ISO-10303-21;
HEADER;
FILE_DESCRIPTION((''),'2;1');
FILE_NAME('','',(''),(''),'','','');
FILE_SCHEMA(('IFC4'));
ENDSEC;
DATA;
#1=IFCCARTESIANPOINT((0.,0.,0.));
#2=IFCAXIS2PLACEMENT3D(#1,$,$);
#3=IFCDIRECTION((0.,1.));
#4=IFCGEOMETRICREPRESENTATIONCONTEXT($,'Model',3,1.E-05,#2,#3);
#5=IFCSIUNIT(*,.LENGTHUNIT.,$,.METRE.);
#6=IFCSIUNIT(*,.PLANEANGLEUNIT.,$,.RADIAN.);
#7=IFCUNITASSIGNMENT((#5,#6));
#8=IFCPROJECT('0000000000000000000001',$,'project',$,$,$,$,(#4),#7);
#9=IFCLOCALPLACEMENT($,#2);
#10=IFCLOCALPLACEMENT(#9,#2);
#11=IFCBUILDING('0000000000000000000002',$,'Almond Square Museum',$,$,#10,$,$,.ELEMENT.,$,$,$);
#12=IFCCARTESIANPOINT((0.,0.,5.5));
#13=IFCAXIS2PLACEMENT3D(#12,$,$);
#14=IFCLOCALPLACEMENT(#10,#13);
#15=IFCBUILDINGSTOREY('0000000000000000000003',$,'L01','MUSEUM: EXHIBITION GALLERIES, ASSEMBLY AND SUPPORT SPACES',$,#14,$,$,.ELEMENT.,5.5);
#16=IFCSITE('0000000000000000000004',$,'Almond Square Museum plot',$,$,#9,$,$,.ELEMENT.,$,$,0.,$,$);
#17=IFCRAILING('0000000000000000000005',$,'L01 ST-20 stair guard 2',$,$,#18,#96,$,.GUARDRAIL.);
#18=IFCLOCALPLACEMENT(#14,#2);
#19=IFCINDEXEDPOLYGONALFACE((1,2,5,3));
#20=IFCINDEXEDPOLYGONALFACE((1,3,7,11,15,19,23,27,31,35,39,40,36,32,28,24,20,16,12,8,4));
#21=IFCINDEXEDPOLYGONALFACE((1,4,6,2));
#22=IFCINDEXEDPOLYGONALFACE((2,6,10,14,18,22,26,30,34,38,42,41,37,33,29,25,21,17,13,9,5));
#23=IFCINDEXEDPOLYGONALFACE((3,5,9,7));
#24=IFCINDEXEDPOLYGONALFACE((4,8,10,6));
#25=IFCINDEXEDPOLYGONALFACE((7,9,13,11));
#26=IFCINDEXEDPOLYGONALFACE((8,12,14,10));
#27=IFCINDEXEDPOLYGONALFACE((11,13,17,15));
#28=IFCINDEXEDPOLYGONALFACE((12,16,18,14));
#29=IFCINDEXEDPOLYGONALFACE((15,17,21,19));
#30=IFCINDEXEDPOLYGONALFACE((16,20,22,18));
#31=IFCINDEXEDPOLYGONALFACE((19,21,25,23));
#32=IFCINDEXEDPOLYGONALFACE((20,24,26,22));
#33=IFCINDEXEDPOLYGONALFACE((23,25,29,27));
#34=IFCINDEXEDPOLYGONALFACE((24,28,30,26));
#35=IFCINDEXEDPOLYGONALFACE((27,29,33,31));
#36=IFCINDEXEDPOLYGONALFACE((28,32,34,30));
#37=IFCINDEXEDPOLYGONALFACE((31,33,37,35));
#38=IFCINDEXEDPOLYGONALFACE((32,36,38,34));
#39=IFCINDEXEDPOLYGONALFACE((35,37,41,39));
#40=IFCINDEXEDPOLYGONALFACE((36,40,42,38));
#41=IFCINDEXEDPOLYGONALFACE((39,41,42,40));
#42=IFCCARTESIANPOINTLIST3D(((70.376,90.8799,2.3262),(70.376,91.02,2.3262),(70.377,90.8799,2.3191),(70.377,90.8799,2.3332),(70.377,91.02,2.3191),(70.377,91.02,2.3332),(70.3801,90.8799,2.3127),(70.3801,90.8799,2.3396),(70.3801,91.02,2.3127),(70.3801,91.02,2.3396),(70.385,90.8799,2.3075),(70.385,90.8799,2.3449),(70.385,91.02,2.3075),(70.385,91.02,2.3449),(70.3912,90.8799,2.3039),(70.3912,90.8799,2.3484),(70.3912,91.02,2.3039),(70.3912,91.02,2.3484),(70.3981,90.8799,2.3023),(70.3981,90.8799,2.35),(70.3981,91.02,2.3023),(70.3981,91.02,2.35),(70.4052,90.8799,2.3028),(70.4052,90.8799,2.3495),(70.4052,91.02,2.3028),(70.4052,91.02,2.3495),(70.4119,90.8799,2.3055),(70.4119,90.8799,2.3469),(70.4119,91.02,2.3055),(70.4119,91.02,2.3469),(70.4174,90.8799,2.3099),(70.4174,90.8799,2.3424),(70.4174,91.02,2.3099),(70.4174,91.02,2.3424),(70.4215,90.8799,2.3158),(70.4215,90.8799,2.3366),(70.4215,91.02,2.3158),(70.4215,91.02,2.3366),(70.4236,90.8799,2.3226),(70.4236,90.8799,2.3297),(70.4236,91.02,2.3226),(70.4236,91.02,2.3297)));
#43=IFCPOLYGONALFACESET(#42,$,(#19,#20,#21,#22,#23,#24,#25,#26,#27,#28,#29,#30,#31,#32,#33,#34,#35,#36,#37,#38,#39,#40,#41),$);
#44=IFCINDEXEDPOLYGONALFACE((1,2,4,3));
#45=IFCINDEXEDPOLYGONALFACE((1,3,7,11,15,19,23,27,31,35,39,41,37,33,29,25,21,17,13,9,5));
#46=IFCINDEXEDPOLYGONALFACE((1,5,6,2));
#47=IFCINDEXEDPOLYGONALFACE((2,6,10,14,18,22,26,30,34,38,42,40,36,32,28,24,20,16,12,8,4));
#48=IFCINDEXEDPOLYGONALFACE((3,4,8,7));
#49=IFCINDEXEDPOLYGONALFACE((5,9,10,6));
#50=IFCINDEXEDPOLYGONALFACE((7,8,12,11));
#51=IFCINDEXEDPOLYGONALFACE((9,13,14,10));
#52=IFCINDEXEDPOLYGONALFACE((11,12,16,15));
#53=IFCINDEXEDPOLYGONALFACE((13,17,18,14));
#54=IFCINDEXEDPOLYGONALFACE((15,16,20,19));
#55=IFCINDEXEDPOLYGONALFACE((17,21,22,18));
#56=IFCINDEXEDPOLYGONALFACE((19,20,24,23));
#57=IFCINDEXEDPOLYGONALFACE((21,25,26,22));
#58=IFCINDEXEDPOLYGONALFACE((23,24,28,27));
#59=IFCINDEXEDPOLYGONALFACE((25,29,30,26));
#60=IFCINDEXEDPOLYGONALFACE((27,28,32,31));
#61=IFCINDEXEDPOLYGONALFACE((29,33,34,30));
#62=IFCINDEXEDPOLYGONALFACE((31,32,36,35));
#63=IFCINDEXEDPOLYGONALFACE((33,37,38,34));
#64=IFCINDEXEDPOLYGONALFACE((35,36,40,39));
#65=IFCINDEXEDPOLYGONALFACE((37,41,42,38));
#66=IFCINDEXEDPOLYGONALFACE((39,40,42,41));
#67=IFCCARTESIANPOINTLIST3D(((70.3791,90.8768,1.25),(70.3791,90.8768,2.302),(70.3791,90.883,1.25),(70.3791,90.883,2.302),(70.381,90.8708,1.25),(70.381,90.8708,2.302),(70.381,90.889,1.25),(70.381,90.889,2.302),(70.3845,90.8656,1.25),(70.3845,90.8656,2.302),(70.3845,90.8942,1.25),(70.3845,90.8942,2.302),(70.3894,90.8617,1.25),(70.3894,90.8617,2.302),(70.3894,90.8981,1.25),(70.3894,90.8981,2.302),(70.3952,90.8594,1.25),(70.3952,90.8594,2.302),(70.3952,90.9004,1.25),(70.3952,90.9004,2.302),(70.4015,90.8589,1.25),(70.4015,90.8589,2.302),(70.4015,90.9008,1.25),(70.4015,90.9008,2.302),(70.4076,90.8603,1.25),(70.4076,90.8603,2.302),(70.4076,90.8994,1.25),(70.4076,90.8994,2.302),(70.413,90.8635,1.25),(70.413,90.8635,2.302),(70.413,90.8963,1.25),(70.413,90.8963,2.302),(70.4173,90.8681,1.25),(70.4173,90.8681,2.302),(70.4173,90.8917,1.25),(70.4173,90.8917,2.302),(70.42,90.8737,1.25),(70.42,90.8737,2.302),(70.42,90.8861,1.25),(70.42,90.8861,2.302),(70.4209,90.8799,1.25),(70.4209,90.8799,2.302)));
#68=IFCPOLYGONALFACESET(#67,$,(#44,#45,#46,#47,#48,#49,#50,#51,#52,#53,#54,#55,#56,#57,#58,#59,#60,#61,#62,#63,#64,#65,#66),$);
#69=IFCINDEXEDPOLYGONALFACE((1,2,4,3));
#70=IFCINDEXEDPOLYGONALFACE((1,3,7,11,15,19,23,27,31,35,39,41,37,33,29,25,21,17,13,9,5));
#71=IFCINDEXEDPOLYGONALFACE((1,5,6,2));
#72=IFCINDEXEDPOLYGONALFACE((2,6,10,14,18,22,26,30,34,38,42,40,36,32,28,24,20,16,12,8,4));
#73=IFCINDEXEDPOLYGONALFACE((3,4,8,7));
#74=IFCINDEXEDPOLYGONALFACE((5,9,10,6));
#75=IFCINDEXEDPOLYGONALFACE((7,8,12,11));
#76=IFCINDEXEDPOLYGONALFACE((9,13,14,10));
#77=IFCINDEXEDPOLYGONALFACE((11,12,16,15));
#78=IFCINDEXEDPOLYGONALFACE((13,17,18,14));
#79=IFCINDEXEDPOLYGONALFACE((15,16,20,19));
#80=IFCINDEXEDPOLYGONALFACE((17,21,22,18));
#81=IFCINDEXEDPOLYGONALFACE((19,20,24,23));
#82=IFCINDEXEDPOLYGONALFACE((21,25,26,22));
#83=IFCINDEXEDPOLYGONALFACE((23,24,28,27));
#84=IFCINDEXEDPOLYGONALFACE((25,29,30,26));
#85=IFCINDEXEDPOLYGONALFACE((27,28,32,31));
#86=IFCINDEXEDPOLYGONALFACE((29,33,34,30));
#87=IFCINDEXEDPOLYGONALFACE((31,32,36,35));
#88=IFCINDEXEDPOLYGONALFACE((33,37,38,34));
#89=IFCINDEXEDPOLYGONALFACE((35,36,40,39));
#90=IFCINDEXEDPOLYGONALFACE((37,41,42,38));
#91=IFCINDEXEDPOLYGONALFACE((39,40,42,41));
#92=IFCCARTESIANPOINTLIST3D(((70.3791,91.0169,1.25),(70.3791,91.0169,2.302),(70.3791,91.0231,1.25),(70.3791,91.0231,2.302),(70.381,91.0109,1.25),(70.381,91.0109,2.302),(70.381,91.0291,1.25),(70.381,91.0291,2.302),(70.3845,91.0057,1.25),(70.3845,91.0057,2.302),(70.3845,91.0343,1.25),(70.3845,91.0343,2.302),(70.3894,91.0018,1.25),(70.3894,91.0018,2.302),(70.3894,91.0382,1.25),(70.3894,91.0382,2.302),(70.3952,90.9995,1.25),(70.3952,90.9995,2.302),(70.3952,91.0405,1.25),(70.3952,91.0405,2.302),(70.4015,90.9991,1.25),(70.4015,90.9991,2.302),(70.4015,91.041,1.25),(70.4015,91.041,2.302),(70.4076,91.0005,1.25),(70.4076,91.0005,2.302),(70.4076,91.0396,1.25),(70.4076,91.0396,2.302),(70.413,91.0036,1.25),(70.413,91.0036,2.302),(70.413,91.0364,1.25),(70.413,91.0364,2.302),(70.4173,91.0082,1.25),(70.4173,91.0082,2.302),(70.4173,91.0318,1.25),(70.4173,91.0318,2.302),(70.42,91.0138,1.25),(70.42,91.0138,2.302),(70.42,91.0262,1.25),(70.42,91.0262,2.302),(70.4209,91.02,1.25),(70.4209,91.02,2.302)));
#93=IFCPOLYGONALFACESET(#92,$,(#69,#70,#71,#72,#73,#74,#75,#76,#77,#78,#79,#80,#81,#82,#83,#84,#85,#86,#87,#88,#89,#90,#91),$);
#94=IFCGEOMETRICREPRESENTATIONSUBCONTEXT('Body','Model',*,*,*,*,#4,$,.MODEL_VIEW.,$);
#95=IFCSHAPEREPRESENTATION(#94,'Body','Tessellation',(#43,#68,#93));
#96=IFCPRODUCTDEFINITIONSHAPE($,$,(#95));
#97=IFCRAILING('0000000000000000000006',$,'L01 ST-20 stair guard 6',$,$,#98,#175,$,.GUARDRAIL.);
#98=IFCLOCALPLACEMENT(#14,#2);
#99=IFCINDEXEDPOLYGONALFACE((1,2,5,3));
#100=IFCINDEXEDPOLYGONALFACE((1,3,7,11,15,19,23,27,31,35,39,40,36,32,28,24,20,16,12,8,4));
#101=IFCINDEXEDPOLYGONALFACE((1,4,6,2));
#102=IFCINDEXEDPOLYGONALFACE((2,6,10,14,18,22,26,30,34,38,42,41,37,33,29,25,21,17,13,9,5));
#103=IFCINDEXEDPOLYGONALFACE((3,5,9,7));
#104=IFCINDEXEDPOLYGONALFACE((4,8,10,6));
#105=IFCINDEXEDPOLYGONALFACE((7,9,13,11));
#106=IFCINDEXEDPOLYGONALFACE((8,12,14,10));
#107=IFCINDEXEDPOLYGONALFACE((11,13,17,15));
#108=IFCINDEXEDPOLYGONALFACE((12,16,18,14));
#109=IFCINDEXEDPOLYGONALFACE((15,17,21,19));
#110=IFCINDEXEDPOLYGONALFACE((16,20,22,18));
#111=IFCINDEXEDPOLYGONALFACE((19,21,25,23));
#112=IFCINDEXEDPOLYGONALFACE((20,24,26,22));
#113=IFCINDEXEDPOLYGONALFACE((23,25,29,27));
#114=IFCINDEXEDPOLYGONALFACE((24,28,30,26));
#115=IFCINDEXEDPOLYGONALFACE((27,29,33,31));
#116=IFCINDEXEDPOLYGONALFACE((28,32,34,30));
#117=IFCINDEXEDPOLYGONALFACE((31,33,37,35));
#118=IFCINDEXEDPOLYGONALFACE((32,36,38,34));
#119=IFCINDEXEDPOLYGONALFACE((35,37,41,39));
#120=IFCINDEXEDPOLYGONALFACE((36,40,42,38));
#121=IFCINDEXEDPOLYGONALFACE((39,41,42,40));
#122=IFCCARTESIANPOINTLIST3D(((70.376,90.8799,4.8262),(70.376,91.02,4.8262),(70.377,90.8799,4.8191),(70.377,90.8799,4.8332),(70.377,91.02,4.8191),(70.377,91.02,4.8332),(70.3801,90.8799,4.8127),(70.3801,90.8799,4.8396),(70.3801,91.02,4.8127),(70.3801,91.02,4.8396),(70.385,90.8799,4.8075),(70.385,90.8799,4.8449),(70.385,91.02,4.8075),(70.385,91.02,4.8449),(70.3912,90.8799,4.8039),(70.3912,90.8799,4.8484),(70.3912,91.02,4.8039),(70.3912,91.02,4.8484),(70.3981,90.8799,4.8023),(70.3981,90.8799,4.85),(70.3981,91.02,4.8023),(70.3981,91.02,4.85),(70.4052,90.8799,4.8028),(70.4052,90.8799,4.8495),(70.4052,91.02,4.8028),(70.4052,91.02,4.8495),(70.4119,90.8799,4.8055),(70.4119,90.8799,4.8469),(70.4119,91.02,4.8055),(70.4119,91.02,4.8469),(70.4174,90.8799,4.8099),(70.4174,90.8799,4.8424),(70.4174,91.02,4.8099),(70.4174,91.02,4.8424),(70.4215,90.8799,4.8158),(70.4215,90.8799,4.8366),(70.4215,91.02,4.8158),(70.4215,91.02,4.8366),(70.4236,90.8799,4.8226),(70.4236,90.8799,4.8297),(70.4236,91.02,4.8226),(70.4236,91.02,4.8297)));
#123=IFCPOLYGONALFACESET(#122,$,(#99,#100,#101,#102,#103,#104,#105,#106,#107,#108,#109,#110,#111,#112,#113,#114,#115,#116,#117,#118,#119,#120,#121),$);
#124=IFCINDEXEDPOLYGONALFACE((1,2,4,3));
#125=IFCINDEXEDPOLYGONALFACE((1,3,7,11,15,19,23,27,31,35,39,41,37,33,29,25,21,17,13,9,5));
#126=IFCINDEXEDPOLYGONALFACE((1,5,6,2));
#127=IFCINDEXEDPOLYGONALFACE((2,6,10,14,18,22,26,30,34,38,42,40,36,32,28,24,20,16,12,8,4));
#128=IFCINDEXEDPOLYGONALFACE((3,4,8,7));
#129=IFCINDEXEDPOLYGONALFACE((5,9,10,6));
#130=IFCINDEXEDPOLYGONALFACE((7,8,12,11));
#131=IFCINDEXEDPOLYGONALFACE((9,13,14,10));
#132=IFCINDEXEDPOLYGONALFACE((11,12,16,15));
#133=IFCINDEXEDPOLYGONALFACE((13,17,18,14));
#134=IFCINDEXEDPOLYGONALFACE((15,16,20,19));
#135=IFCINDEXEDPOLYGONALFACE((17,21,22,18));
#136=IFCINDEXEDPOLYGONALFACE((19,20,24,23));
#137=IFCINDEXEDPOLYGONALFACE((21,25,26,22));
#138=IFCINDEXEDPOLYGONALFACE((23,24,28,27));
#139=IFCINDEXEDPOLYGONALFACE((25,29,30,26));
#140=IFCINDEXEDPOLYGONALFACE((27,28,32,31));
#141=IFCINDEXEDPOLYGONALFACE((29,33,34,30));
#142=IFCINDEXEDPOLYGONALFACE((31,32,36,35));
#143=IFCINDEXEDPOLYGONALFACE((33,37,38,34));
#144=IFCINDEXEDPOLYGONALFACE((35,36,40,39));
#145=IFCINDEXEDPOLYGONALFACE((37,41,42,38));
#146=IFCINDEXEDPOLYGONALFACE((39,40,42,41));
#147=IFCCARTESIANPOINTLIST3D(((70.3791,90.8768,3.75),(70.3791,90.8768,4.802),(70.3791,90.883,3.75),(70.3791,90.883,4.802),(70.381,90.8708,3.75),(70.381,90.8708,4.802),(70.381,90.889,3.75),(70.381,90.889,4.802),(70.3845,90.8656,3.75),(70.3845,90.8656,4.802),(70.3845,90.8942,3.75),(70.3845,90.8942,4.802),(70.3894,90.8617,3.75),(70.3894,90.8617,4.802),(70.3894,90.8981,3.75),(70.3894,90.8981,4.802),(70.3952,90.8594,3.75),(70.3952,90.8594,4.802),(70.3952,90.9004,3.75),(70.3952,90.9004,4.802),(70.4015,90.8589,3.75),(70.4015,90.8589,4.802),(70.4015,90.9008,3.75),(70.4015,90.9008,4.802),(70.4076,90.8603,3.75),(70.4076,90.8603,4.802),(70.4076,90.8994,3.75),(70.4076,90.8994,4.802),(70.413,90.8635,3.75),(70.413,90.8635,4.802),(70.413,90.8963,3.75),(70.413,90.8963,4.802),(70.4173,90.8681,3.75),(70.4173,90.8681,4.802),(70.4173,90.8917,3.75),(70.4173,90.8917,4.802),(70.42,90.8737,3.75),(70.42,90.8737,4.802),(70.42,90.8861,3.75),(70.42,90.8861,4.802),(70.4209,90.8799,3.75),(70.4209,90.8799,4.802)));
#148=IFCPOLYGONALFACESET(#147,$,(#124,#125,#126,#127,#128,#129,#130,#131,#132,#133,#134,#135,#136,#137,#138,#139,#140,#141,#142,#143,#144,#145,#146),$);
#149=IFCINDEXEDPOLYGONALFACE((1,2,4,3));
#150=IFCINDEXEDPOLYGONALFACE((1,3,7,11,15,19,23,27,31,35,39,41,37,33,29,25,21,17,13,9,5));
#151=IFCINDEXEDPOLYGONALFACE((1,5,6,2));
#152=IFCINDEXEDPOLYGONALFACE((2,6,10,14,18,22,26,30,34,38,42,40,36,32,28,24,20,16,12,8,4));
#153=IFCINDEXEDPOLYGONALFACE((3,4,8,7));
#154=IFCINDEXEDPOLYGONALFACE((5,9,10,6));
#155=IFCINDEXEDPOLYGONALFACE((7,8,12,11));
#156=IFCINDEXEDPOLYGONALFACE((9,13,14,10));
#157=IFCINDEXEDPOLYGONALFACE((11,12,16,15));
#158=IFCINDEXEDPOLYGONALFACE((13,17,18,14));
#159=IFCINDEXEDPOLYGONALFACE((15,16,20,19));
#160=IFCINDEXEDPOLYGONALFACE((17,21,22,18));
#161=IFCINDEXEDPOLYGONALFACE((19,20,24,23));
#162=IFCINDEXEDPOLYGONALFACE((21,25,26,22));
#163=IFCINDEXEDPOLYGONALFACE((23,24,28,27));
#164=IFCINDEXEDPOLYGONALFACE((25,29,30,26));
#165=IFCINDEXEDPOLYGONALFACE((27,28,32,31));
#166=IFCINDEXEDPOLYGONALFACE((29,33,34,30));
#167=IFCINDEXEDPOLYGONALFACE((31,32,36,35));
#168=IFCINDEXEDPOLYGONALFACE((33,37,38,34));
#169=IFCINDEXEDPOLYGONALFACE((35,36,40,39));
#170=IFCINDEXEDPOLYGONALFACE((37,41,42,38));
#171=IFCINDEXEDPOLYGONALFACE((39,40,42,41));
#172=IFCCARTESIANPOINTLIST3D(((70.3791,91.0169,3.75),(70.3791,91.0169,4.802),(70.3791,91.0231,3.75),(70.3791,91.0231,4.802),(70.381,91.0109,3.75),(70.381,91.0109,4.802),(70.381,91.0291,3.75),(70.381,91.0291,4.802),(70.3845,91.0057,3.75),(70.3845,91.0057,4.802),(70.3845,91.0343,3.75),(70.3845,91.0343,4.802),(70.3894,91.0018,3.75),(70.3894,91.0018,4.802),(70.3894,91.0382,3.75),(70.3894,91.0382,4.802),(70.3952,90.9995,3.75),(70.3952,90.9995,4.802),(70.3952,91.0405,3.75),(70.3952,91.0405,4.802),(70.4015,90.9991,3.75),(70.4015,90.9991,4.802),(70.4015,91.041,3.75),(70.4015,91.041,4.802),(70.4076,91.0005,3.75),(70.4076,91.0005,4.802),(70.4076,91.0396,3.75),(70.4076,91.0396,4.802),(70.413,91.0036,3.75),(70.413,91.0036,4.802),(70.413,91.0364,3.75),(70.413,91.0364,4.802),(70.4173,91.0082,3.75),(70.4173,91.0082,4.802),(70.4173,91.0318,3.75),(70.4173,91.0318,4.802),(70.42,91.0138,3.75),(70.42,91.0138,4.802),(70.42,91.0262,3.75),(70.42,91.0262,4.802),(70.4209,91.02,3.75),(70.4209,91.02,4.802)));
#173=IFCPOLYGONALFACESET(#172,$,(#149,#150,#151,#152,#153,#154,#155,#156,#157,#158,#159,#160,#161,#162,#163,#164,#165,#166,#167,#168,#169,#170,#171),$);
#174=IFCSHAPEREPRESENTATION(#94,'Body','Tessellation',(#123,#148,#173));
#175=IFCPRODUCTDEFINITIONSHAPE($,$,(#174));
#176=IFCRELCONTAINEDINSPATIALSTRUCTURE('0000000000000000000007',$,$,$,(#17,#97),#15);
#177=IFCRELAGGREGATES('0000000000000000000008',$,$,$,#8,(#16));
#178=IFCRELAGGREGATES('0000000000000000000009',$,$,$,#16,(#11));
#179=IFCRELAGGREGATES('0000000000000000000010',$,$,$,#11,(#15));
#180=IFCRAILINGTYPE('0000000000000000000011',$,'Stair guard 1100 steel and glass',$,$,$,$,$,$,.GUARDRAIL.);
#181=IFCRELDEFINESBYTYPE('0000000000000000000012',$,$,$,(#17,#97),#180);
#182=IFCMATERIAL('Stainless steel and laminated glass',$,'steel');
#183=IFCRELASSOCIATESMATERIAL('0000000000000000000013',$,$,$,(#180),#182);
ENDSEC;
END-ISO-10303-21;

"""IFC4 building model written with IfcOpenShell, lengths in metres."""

from ifc_helpers import new_model, si_unit, direction, frame, origin, origin_2d, place, context, subcontext, project, spatial, circle, extrude, material, type_object, element, save


model = new_model("IFC4")

# Units and contexts
model_context = context("Model", 3, precision=1e-05, world=origin(), true_north=direction((0.0, 1.0)))
body_context = subcontext(model_context, "Body", "Model", "MODEL_VIEW")
ifc_project = project(units=[si_unit("LENGTHUNIT", "METRE"), si_unit("PLANEANGLEUNIT", "RADIAN")], contexts=[model_context])

# Site, building, storey
site_placement = place(None, origin())
site = spatial("IfcSite", under=ifc_project, at=site_placement, Name="Almond Square Museum plot", CompositionType="ELEMENT", RefElevation=0.0)
building_placement = place(site_placement, origin())
building = spatial("IfcBuilding", under=site, at=building_placement, Name="Almond Square Museum", CompositionType="ELEMENT")
storey_placement = place(building_placement, frame((0.0, 0.0, 5.5)))
storey = spatial("IfcBuildingStorey", under=building, at=storey_placement, Name="L01", Description="MUSEUM: EXHIBITION GALLERIES, ASSEMBLY AND SUPPORT SPACES", CompositionType="ELEMENT", Elevation=5.5)

# Railings
ifc_material_1 = material(Name="Stainless steel and laminated glass", Category="steel")
railing_type_1 = type_object("IfcRailingType", Name="Stair guard 1100 steel and glass", PredefinedType="GUARDRAIL", material=ifc_material_1)
for number, where, name in (
    (1, (70.3999, 90.8799, 1.25), "L01 ST-20 stair guard 2"),
    (2, (70.3999, 90.8799, 3.75), "L01 ST-20 stair guard 6"),
):
    element("IfcRailing", number, at=place(storey_placement, frame(where)), inside=storey, type_object=railing_type_1, Name=name, PredefinedType="GUARDRAIL", context=body_context, shape_type="SweptSolid", body=[
        extrude(circle(Radius=0.0239, at=origin_2d()), frame((0.0, 0.0, 1.0762), z_axis=(0.0, 1.0, 0.0), x_axis=(-1.0, 0.0, 0.0)), (0.0, 0.0, 1.0), 0.1401),
        extrude(circle(Radius=0.021, at=origin_2d()), origin(), (0.0, 0.0, 1.0), 1.052),
        extrude(circle(Radius=0.021, at=origin_2d()), frame((0.0, 0.1401, 0.0)), (0.0, 0.0, 1.0), 1.052),
    ])

save(model, "model.ifc")
